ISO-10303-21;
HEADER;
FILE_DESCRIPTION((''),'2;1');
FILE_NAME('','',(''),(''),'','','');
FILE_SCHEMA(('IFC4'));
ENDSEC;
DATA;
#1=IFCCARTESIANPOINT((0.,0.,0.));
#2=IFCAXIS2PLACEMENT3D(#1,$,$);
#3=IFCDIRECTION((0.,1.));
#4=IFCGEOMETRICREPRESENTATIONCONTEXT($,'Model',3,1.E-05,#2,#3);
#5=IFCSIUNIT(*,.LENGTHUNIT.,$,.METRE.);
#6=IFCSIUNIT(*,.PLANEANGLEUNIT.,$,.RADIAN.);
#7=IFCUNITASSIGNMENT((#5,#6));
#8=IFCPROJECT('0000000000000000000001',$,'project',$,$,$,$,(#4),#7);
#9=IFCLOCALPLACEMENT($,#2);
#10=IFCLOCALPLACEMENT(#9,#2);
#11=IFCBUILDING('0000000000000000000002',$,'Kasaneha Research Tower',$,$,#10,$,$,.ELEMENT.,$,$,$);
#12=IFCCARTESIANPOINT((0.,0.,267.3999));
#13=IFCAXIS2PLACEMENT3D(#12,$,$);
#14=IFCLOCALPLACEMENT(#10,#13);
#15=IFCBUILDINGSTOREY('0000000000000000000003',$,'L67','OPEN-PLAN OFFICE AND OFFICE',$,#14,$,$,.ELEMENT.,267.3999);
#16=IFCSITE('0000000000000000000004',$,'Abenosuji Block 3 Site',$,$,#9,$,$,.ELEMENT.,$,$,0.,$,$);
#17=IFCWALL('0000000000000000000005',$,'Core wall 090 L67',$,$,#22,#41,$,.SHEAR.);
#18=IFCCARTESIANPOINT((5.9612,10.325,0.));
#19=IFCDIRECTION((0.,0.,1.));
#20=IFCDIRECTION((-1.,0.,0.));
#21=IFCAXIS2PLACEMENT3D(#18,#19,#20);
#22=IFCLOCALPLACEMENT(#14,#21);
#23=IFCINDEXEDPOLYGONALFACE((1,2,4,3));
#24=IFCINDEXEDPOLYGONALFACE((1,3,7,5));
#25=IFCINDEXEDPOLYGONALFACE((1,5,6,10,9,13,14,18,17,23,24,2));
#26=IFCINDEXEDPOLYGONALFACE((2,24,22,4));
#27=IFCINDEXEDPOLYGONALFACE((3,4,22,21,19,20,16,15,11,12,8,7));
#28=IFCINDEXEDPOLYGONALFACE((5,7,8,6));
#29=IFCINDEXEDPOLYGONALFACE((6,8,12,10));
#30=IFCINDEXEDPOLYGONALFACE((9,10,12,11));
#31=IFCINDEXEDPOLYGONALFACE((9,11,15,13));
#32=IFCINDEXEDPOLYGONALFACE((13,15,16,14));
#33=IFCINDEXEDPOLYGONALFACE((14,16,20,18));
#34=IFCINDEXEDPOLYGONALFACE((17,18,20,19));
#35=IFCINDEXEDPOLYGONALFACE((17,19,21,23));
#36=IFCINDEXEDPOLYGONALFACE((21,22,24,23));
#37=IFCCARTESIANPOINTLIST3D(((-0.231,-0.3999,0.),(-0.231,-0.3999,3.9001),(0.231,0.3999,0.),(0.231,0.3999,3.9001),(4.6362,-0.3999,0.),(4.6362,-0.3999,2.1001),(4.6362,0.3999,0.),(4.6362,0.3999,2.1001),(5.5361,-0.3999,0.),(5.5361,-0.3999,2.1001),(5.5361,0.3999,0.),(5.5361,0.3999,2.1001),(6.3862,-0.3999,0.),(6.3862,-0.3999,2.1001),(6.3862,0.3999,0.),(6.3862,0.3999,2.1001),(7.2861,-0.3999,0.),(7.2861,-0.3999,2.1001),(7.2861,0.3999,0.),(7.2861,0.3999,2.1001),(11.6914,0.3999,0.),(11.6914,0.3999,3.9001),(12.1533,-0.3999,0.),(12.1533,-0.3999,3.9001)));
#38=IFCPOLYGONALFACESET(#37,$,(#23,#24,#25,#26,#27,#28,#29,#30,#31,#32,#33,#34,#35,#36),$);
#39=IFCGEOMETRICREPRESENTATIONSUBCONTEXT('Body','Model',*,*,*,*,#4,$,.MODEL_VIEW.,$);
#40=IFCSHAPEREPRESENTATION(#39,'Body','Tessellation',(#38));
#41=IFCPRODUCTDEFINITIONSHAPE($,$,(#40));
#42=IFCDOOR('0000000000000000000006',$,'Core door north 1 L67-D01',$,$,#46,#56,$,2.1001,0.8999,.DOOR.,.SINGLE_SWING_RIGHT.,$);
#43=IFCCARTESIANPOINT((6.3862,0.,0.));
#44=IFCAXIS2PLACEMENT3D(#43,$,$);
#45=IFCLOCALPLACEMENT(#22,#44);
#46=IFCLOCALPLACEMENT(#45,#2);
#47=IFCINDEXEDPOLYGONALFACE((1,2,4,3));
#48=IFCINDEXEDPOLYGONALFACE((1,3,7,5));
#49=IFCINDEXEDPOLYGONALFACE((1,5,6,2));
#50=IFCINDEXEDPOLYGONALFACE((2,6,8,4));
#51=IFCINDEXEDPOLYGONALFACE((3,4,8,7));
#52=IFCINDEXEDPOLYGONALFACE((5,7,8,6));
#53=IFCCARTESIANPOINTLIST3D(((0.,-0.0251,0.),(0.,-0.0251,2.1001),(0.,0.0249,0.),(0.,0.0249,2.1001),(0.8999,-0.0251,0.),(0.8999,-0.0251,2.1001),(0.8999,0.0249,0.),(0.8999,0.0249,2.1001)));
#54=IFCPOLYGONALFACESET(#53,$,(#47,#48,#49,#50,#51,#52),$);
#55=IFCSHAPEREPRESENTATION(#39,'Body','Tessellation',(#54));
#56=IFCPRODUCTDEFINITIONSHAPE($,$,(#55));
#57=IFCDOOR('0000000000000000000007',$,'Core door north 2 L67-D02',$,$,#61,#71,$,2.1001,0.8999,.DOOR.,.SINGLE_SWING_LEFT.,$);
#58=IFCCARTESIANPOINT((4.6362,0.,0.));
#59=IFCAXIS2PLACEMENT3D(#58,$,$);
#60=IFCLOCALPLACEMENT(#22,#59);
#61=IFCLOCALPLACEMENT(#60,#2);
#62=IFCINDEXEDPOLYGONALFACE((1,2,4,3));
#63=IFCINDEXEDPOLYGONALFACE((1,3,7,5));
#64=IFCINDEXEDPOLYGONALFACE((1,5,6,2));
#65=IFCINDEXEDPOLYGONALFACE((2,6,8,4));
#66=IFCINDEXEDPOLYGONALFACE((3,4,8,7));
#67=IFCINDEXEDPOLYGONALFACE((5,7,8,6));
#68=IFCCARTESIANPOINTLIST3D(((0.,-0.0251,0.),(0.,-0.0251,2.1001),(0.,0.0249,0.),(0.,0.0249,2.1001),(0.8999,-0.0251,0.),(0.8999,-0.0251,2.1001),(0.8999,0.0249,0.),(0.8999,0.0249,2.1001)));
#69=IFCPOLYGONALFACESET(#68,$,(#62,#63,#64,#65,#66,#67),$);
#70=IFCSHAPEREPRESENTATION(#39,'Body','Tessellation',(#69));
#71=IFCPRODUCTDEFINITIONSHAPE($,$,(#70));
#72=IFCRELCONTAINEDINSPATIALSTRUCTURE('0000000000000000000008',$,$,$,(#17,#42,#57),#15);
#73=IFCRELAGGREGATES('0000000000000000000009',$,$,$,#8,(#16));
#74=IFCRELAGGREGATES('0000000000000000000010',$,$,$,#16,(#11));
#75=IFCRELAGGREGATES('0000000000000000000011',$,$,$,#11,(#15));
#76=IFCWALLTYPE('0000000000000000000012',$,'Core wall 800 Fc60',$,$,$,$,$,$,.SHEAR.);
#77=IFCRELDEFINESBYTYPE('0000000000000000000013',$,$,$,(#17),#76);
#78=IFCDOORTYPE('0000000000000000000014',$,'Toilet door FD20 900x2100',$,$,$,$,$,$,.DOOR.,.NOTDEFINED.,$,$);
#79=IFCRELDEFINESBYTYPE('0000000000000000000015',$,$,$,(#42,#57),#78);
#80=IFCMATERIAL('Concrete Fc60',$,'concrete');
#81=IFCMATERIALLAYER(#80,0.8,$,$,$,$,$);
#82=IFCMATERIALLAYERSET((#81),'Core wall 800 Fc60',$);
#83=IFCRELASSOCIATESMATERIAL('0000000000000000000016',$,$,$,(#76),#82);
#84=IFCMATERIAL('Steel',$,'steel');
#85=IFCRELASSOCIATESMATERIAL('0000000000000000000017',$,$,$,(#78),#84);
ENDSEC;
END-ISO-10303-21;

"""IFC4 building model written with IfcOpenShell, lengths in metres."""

from ifc_helpers import new_model, si_unit, direction, frame, frame_2d, origin, place, context, subcontext, project, spatial, polyline, rectangle, outline, extrude, material, layer, layer_set, type_object, element, fill, save


model = new_model("IFC4")

# Units and contexts
model_context = context("Model", 3, precision=1e-05, world=origin(), true_north=direction((0.0, 1.0)))
body_context = subcontext(model_context, "Body", "Model", "MODEL_VIEW")
ifc_project = project(units=[si_unit("LENGTHUNIT", "METRE"), si_unit("PLANEANGLEUNIT", "RADIAN")], contexts=[model_context])

# Site, building, storey
site_placement = place(None, origin())
site = spatial("IfcSite", under=ifc_project, at=site_placement, Name="Abenosuji Block 3 Site", CompositionType="ELEMENT", RefElevation=0.0)
building_placement = place(site_placement, origin())
building = spatial("IfcBuilding", under=site, at=building_placement, Name="Kasaneha Research Tower", CompositionType="ELEMENT")
storey_placement = place(building_placement, frame((0.0, 0.0, 267.3999)))
storey = spatial("IfcBuildingStorey", under=building, at=storey_placement, Name="L67", Description="OPEN-PLAN OFFICE AND OFFICE", CompositionType="ELEMENT", Elevation=267.3999)

# Wall, openings, doors
ifc_material_1 = material(Name="Concrete Fc60", Category="concrete")
ifc_layer_1 = layer(ifc_material_1, 0.8)
ifc_layer_set_1 = layer_set([ifc_layer_1], Name="Core wall 800 Fc60")
wall_type_1 = type_object("IfcWallType", Name="Core wall 800 Fc60", PredefinedType="SHEAR", material=ifc_layer_set_1)
wall_1_placement = place(storey_placement, frame((5.9612, 10.325, 0.0), z_axis=(0.0, 0.0, 1.0), x_axis=(-1.0, 0.0, 0.0)))
wall_1 = element("IfcWall", 1, at=wall_1_placement, inside=storey, type_object=wall_type_1, Name="Core wall 090 L67", PredefinedType="SHEAR", context=body_context, shape_type="SweptSolid", body=[
    extrude(outline(polyline([(-0.231, -0.3999), (4.6362, -0.3999), (5.5361, -0.3999), (6.3862, -0.3999), (7.2861, -0.3999), (12.1533, -0.3999), (11.6914, 0.3999), (7.2861, 0.3999), (6.3862, 0.3999), (5.5361, 0.3999), (4.6362, 0.3999), (0.231, 0.3999), (-0.231, -0.3999)])), origin(), (0.0, 0.0, 1.0), 3.9001),
])
opening_1_placement = place(wall_1_placement, frame((6.3862, 0.0, 0.0)))
opening_1 = element("IfcOpeningElement", 2, at=opening_1_placement, cuts=wall_1, PredefinedType="OPENING", context=body_context, shape_type="SweptSolid", body=[
    extrude(rectangle(XDim=0.8999, YDim=2.1001, at=frame_2d((0.45, 1.05))), frame((0.0, 0.4102, 0.0), z_axis=(0.0, -1.0, 0.0), x_axis=(1.0, 0.0, 0.0)), (0.0, 0.0, 1.0), 0.8201),
])
opening_2_placement = place(wall_1_placement, frame((4.6362, 0.0, 0.0)))
opening_2 = element("IfcOpeningElement", 3, at=opening_2_placement, cuts=wall_1, PredefinedType="OPENING", context=body_context, shape_type="SweptSolid", body=[
    extrude(rectangle(XDim=0.8999, YDim=2.1001, at=frame_2d((0.45, 1.05))), frame((0.0, 0.4102, 0.0), z_axis=(0.0, -1.0, 0.0), x_axis=(1.0, 0.0, 0.0)), (0.0, 0.0, 1.0), 0.8201),
])
ifc_material_2 = material(Name="Steel", Category="steel")
door_type_1 = type_object("IfcDoorType", Name="Toilet door FD20 900x2100", OperationType="NOTDEFINED", PredefinedType="DOOR", material=ifc_material_2)
door_1_placement = place(opening_1_placement, origin())
door_1 = element("IfcDoor", 4, at=door_1_placement, inside=storey, type_object=door_type_1, Name="Core door north 1 L67-D01", OperationType="SINGLE_SWING_RIGHT", OverallHeight=2.1001, OverallWidth=0.8999, PredefinedType="DOOR", context=body_context, shape_type="SweptSolid", body=[
    extrude(rectangle(XDim=0.8999, YDim=2.1001, at=frame_2d((0.45, 1.05))), frame((0.0, 0.0249, 0.0), z_axis=(0.0, -1.0, 0.0), x_axis=(1.0, 0.0, 0.0)), (0.0, 0.0, 1.0), 0.05),
])
fill(opening_1, door_1)
door_2_placement = place(opening_2_placement, origin())
door_2 = element("IfcDoor", 5, at=door_2_placement, inside=storey, type_object=door_type_1, Name="Core door north 2 L67-D02", OperationType="SINGLE_SWING_LEFT", OverallHeight=2.1001, OverallWidth=0.8999, PredefinedType="DOOR", context=body_context, shape_type="SweptSolid", body=[
    extrude(rectangle(XDim=0.8999, YDim=2.1001, at=frame_2d((0.45, 1.05))), frame((0.0, 0.0249, 0.0), z_axis=(0.0, -1.0, 0.0), x_axis=(1.0, 0.0, 0.0)), (0.0, 0.0, 1.0), 0.05),
])
fill(opening_2, door_2)

save(model, "model.ifc")
